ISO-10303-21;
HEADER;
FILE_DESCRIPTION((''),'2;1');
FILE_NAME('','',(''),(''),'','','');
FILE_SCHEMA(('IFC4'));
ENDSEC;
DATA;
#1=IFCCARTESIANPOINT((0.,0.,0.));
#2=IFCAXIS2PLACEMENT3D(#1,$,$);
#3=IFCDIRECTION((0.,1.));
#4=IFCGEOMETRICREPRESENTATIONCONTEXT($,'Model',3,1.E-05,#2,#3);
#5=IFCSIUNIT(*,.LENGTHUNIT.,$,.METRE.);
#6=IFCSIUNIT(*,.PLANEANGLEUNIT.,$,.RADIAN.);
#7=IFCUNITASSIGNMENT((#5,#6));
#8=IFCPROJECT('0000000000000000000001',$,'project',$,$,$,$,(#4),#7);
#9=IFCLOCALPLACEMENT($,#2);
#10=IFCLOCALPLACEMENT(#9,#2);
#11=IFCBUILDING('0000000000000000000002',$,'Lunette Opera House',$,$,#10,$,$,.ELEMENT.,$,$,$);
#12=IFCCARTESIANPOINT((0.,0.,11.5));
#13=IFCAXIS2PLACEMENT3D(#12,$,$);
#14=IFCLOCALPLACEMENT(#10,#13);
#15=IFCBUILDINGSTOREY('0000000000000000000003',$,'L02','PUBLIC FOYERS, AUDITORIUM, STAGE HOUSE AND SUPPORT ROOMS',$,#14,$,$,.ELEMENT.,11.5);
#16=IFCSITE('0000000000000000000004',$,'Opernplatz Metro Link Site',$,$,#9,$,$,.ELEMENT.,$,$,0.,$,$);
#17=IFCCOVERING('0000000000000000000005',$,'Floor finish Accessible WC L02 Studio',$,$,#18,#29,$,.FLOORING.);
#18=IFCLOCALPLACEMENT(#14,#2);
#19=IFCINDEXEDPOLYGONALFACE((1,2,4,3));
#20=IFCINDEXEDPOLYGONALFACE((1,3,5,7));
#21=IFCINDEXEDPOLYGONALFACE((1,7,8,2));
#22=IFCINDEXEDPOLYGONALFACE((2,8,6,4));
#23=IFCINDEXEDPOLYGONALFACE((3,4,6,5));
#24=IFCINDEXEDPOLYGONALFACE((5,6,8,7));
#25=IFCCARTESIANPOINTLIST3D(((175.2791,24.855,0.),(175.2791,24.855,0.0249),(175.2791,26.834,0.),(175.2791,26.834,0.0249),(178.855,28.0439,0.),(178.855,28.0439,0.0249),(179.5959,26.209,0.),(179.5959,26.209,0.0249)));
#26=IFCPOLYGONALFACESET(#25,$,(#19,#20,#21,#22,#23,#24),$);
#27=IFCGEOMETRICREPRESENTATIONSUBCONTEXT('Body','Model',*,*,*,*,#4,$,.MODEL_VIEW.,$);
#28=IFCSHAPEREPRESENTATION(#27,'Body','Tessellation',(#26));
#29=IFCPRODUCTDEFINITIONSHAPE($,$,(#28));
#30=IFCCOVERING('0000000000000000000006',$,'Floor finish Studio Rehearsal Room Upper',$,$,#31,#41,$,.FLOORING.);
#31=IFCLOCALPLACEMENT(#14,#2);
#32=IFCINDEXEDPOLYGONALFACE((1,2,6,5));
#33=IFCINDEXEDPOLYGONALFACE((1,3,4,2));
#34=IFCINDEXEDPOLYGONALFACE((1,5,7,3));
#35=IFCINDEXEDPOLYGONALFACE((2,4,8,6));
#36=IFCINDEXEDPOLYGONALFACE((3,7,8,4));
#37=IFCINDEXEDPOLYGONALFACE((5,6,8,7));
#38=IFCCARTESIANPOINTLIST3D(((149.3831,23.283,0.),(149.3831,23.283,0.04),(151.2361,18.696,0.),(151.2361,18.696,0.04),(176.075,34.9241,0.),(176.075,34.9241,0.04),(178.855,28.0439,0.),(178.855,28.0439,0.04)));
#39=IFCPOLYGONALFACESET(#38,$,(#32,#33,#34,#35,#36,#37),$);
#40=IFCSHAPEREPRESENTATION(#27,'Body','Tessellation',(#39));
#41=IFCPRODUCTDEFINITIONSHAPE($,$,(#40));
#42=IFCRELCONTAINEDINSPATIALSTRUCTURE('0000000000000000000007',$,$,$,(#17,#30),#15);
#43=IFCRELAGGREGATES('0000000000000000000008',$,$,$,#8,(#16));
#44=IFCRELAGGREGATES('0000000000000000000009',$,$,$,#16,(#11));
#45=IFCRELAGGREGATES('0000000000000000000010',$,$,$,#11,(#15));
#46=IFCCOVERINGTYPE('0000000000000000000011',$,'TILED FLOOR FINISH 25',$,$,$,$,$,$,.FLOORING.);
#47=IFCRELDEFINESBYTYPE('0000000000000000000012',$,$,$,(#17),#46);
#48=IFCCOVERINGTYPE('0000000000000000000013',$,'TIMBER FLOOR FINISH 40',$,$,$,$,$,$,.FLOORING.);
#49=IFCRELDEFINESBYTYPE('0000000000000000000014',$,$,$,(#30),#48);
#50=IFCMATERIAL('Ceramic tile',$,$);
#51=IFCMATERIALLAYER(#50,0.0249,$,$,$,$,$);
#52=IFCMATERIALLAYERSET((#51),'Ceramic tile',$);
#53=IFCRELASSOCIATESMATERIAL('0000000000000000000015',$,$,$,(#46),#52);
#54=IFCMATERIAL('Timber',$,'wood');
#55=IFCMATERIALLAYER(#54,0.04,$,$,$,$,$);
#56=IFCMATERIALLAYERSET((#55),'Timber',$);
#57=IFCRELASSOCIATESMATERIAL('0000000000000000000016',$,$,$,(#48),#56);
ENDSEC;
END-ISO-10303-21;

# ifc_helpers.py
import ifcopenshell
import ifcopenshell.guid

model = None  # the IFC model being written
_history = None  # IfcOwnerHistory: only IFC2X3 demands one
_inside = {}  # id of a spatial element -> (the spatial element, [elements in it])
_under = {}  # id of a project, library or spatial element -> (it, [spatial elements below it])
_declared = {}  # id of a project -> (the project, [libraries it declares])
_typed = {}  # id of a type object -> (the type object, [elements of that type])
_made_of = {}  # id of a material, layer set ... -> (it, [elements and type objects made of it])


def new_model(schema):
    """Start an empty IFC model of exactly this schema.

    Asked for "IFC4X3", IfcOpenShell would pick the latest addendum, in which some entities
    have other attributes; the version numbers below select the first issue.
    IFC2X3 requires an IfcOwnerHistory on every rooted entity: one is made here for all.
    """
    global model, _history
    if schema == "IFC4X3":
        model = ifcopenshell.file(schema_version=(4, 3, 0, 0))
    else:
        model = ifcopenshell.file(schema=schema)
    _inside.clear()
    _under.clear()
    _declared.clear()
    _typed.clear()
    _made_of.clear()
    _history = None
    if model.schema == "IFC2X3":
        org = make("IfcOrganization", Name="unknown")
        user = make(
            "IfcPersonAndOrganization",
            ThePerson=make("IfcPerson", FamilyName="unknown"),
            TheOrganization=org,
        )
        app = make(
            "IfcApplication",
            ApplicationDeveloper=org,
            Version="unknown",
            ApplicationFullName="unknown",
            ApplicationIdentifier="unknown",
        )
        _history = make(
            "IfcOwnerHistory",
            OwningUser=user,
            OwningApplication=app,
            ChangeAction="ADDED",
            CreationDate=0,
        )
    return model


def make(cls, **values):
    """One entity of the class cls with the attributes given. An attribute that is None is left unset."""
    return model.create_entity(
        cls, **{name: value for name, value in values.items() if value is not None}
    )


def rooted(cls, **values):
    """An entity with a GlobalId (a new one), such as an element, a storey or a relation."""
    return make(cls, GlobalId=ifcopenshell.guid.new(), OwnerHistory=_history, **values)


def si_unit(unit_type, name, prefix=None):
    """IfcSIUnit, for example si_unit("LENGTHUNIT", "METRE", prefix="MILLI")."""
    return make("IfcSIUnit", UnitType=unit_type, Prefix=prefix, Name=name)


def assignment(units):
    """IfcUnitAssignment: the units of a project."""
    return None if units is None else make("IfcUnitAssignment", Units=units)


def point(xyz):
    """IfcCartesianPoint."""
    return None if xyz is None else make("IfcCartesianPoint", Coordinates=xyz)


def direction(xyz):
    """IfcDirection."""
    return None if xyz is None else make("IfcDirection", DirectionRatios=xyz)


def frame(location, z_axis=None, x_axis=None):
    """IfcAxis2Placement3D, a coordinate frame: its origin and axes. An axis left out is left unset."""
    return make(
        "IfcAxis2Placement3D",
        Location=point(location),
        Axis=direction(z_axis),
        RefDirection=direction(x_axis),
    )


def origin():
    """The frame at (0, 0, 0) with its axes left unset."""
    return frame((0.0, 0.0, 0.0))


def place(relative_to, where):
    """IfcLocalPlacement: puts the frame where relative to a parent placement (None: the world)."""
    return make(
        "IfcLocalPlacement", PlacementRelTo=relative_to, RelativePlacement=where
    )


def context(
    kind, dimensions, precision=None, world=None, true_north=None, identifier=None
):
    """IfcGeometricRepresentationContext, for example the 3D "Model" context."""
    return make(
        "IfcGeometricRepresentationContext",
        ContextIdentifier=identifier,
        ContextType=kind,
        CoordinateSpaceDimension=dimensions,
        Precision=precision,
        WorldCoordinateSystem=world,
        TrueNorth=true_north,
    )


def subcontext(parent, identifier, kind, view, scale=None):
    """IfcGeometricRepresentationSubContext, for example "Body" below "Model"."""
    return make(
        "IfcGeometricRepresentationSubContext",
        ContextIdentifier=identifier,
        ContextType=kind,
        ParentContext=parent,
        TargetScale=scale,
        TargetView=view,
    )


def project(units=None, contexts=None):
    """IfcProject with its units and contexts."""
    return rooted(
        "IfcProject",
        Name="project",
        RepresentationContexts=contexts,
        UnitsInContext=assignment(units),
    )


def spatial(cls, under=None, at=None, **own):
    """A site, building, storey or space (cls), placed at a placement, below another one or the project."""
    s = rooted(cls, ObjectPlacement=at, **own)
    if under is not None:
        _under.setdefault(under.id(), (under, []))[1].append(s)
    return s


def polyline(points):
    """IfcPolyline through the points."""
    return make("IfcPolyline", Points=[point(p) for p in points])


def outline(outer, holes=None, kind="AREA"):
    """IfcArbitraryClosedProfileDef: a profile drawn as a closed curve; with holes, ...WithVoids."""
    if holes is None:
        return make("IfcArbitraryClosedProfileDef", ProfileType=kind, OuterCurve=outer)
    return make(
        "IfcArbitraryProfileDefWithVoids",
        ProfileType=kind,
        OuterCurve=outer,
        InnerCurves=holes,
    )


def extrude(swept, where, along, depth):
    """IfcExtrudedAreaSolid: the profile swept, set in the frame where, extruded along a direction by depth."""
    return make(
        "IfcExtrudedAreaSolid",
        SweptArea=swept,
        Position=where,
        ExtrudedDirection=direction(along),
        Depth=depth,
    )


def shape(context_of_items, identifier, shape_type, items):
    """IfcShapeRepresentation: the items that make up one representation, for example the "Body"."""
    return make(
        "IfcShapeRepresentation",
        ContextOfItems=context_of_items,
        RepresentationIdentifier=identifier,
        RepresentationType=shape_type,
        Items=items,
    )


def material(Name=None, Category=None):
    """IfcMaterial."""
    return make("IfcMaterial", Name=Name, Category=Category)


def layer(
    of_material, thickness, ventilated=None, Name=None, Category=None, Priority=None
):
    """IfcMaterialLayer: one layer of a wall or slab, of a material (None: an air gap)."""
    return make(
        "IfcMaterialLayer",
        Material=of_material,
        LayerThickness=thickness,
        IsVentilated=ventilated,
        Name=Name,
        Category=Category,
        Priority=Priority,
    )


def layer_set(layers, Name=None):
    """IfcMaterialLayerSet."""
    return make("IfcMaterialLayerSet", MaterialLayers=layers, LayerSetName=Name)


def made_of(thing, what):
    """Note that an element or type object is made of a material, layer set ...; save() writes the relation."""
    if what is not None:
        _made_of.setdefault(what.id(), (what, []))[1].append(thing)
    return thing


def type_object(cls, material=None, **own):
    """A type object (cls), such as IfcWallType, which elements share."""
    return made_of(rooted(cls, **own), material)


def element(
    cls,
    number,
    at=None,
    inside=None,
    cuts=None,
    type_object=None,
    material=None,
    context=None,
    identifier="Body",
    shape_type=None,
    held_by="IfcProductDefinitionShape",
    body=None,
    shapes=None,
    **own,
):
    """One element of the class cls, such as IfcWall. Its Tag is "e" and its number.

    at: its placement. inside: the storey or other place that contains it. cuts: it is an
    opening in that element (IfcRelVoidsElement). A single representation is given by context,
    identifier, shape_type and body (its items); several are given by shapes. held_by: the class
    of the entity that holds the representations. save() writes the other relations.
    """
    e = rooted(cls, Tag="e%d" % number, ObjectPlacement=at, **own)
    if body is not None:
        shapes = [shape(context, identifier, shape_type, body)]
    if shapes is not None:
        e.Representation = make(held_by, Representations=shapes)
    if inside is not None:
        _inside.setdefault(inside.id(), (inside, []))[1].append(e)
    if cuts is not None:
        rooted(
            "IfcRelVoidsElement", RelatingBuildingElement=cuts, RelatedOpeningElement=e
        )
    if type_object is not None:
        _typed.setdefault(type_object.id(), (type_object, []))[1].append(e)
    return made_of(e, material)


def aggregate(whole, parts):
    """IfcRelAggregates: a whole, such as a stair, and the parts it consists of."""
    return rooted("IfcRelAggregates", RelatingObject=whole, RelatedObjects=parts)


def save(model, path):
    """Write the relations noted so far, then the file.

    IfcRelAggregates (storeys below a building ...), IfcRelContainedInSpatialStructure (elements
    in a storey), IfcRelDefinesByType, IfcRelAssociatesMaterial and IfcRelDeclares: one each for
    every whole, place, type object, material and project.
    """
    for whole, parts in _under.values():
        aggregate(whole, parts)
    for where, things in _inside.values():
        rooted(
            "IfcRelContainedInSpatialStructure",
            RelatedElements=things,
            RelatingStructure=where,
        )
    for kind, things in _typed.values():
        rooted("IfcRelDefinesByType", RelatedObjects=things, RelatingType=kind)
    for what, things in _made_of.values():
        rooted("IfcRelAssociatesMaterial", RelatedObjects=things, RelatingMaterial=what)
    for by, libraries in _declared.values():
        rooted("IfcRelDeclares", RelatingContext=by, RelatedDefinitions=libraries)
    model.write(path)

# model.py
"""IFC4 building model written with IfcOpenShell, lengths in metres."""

from ifc_helpers import new_model, si_unit, direction, frame, origin, place, context, subcontext, project, spatial, polyline, outline, extrude, material, layer, layer_set, type_object, element, save


model = new_model("IFC4")

# Units and contexts
model_context = context("Model", 3, precision=1e-05, world=origin(), true_north=direction((0.0, 1.0)))
body_context = subcontext(model_context, "Body", "Model", "MODEL_VIEW")
ifc_project = project(units=[si_unit("LENGTHUNIT", "METRE"), si_unit("PLANEANGLEUNIT", "RADIAN")], contexts=[model_context])

# Site, building, storey
site_placement = place(None, origin())
site = spatial("IfcSite", under=ifc_project, at=site_placement, Name="Opernplatz Metro Link Site", CompositionType="ELEMENT", RefElevation=0.0)
building_placement = place(site_placement, origin())
building = spatial("IfcBuilding", under=site, at=building_placement, Name="Lunette Opera House", CompositionType="ELEMENT")
storey_placement = place(building_placement, frame((0.0, 0.0, 11.5)))
storey = spatial("IfcBuildingStorey", under=building, at=storey_placement, Name="L02", Description="PUBLIC FOYERS, AUDITORIUM, STAGE HOUSE AND SUPPORT ROOMS", CompositionType="ELEMENT", Elevation=11.5)

# Coverings
ifc_material_1 = material(Name="Ceramic tile")
ifc_layer_1 = layer(ifc_material_1, 0.0249)
ifc_layer_set_1 = layer_set([ifc_layer_1], Name="Ceramic tile")
covering_type_1 = type_object("IfcCoveringType", Name="TILED FLOOR FINISH 25", PredefinedType="FLOORING", material=ifc_layer_set_1)
covering_1_placement = place(storey_placement, origin())
element("IfcCovering", 1, at=covering_1_placement, inside=storey, type_object=covering_type_1, Name="Floor finish Accessible WC L02 Studio", PredefinedType="FLOORING", context=body_context, shape_type="SweptSolid", body=[
    extrude(outline(polyline([(179.5959, 26.209), (175.2791, 24.855), (175.2791, 26.834), (178.855, 28.0439), (179.5959, 26.209)])), origin(), (0.0, 0.0, 1.0), 0.0249),
])
ifc_material_2 = material(Name="Timber", Category="wood")
ifc_layer_2 = layer(ifc_material_2, 0.04)
ifc_layer_set_2 = layer_set([ifc_layer_2], Name="Timber")
covering_type_2 = type_object("IfcCoveringType", Name="TIMBER FLOOR FINISH 40", PredefinedType="FLOORING", material=ifc_layer_set_2)
covering_2_placement = place(storey_placement, origin())
element("IfcCovering", 2, at=covering_2_placement, inside=storey, type_object=covering_type_2, Name="Floor finish Studio Rehearsal Room Upper", PredefinedType="FLOORING", context=body_context, shape_type="SweptSolid", body=[
    extrude(outline(polyline([(149.3831, 23.283), (176.075, 34.9241), (178.855, 28.0439), (151.2361, 18.696), (149.3831, 23.283)])), origin(), (0.0, 0.0, 1.0), 0.04),
])

save(model, "model.ifc")
